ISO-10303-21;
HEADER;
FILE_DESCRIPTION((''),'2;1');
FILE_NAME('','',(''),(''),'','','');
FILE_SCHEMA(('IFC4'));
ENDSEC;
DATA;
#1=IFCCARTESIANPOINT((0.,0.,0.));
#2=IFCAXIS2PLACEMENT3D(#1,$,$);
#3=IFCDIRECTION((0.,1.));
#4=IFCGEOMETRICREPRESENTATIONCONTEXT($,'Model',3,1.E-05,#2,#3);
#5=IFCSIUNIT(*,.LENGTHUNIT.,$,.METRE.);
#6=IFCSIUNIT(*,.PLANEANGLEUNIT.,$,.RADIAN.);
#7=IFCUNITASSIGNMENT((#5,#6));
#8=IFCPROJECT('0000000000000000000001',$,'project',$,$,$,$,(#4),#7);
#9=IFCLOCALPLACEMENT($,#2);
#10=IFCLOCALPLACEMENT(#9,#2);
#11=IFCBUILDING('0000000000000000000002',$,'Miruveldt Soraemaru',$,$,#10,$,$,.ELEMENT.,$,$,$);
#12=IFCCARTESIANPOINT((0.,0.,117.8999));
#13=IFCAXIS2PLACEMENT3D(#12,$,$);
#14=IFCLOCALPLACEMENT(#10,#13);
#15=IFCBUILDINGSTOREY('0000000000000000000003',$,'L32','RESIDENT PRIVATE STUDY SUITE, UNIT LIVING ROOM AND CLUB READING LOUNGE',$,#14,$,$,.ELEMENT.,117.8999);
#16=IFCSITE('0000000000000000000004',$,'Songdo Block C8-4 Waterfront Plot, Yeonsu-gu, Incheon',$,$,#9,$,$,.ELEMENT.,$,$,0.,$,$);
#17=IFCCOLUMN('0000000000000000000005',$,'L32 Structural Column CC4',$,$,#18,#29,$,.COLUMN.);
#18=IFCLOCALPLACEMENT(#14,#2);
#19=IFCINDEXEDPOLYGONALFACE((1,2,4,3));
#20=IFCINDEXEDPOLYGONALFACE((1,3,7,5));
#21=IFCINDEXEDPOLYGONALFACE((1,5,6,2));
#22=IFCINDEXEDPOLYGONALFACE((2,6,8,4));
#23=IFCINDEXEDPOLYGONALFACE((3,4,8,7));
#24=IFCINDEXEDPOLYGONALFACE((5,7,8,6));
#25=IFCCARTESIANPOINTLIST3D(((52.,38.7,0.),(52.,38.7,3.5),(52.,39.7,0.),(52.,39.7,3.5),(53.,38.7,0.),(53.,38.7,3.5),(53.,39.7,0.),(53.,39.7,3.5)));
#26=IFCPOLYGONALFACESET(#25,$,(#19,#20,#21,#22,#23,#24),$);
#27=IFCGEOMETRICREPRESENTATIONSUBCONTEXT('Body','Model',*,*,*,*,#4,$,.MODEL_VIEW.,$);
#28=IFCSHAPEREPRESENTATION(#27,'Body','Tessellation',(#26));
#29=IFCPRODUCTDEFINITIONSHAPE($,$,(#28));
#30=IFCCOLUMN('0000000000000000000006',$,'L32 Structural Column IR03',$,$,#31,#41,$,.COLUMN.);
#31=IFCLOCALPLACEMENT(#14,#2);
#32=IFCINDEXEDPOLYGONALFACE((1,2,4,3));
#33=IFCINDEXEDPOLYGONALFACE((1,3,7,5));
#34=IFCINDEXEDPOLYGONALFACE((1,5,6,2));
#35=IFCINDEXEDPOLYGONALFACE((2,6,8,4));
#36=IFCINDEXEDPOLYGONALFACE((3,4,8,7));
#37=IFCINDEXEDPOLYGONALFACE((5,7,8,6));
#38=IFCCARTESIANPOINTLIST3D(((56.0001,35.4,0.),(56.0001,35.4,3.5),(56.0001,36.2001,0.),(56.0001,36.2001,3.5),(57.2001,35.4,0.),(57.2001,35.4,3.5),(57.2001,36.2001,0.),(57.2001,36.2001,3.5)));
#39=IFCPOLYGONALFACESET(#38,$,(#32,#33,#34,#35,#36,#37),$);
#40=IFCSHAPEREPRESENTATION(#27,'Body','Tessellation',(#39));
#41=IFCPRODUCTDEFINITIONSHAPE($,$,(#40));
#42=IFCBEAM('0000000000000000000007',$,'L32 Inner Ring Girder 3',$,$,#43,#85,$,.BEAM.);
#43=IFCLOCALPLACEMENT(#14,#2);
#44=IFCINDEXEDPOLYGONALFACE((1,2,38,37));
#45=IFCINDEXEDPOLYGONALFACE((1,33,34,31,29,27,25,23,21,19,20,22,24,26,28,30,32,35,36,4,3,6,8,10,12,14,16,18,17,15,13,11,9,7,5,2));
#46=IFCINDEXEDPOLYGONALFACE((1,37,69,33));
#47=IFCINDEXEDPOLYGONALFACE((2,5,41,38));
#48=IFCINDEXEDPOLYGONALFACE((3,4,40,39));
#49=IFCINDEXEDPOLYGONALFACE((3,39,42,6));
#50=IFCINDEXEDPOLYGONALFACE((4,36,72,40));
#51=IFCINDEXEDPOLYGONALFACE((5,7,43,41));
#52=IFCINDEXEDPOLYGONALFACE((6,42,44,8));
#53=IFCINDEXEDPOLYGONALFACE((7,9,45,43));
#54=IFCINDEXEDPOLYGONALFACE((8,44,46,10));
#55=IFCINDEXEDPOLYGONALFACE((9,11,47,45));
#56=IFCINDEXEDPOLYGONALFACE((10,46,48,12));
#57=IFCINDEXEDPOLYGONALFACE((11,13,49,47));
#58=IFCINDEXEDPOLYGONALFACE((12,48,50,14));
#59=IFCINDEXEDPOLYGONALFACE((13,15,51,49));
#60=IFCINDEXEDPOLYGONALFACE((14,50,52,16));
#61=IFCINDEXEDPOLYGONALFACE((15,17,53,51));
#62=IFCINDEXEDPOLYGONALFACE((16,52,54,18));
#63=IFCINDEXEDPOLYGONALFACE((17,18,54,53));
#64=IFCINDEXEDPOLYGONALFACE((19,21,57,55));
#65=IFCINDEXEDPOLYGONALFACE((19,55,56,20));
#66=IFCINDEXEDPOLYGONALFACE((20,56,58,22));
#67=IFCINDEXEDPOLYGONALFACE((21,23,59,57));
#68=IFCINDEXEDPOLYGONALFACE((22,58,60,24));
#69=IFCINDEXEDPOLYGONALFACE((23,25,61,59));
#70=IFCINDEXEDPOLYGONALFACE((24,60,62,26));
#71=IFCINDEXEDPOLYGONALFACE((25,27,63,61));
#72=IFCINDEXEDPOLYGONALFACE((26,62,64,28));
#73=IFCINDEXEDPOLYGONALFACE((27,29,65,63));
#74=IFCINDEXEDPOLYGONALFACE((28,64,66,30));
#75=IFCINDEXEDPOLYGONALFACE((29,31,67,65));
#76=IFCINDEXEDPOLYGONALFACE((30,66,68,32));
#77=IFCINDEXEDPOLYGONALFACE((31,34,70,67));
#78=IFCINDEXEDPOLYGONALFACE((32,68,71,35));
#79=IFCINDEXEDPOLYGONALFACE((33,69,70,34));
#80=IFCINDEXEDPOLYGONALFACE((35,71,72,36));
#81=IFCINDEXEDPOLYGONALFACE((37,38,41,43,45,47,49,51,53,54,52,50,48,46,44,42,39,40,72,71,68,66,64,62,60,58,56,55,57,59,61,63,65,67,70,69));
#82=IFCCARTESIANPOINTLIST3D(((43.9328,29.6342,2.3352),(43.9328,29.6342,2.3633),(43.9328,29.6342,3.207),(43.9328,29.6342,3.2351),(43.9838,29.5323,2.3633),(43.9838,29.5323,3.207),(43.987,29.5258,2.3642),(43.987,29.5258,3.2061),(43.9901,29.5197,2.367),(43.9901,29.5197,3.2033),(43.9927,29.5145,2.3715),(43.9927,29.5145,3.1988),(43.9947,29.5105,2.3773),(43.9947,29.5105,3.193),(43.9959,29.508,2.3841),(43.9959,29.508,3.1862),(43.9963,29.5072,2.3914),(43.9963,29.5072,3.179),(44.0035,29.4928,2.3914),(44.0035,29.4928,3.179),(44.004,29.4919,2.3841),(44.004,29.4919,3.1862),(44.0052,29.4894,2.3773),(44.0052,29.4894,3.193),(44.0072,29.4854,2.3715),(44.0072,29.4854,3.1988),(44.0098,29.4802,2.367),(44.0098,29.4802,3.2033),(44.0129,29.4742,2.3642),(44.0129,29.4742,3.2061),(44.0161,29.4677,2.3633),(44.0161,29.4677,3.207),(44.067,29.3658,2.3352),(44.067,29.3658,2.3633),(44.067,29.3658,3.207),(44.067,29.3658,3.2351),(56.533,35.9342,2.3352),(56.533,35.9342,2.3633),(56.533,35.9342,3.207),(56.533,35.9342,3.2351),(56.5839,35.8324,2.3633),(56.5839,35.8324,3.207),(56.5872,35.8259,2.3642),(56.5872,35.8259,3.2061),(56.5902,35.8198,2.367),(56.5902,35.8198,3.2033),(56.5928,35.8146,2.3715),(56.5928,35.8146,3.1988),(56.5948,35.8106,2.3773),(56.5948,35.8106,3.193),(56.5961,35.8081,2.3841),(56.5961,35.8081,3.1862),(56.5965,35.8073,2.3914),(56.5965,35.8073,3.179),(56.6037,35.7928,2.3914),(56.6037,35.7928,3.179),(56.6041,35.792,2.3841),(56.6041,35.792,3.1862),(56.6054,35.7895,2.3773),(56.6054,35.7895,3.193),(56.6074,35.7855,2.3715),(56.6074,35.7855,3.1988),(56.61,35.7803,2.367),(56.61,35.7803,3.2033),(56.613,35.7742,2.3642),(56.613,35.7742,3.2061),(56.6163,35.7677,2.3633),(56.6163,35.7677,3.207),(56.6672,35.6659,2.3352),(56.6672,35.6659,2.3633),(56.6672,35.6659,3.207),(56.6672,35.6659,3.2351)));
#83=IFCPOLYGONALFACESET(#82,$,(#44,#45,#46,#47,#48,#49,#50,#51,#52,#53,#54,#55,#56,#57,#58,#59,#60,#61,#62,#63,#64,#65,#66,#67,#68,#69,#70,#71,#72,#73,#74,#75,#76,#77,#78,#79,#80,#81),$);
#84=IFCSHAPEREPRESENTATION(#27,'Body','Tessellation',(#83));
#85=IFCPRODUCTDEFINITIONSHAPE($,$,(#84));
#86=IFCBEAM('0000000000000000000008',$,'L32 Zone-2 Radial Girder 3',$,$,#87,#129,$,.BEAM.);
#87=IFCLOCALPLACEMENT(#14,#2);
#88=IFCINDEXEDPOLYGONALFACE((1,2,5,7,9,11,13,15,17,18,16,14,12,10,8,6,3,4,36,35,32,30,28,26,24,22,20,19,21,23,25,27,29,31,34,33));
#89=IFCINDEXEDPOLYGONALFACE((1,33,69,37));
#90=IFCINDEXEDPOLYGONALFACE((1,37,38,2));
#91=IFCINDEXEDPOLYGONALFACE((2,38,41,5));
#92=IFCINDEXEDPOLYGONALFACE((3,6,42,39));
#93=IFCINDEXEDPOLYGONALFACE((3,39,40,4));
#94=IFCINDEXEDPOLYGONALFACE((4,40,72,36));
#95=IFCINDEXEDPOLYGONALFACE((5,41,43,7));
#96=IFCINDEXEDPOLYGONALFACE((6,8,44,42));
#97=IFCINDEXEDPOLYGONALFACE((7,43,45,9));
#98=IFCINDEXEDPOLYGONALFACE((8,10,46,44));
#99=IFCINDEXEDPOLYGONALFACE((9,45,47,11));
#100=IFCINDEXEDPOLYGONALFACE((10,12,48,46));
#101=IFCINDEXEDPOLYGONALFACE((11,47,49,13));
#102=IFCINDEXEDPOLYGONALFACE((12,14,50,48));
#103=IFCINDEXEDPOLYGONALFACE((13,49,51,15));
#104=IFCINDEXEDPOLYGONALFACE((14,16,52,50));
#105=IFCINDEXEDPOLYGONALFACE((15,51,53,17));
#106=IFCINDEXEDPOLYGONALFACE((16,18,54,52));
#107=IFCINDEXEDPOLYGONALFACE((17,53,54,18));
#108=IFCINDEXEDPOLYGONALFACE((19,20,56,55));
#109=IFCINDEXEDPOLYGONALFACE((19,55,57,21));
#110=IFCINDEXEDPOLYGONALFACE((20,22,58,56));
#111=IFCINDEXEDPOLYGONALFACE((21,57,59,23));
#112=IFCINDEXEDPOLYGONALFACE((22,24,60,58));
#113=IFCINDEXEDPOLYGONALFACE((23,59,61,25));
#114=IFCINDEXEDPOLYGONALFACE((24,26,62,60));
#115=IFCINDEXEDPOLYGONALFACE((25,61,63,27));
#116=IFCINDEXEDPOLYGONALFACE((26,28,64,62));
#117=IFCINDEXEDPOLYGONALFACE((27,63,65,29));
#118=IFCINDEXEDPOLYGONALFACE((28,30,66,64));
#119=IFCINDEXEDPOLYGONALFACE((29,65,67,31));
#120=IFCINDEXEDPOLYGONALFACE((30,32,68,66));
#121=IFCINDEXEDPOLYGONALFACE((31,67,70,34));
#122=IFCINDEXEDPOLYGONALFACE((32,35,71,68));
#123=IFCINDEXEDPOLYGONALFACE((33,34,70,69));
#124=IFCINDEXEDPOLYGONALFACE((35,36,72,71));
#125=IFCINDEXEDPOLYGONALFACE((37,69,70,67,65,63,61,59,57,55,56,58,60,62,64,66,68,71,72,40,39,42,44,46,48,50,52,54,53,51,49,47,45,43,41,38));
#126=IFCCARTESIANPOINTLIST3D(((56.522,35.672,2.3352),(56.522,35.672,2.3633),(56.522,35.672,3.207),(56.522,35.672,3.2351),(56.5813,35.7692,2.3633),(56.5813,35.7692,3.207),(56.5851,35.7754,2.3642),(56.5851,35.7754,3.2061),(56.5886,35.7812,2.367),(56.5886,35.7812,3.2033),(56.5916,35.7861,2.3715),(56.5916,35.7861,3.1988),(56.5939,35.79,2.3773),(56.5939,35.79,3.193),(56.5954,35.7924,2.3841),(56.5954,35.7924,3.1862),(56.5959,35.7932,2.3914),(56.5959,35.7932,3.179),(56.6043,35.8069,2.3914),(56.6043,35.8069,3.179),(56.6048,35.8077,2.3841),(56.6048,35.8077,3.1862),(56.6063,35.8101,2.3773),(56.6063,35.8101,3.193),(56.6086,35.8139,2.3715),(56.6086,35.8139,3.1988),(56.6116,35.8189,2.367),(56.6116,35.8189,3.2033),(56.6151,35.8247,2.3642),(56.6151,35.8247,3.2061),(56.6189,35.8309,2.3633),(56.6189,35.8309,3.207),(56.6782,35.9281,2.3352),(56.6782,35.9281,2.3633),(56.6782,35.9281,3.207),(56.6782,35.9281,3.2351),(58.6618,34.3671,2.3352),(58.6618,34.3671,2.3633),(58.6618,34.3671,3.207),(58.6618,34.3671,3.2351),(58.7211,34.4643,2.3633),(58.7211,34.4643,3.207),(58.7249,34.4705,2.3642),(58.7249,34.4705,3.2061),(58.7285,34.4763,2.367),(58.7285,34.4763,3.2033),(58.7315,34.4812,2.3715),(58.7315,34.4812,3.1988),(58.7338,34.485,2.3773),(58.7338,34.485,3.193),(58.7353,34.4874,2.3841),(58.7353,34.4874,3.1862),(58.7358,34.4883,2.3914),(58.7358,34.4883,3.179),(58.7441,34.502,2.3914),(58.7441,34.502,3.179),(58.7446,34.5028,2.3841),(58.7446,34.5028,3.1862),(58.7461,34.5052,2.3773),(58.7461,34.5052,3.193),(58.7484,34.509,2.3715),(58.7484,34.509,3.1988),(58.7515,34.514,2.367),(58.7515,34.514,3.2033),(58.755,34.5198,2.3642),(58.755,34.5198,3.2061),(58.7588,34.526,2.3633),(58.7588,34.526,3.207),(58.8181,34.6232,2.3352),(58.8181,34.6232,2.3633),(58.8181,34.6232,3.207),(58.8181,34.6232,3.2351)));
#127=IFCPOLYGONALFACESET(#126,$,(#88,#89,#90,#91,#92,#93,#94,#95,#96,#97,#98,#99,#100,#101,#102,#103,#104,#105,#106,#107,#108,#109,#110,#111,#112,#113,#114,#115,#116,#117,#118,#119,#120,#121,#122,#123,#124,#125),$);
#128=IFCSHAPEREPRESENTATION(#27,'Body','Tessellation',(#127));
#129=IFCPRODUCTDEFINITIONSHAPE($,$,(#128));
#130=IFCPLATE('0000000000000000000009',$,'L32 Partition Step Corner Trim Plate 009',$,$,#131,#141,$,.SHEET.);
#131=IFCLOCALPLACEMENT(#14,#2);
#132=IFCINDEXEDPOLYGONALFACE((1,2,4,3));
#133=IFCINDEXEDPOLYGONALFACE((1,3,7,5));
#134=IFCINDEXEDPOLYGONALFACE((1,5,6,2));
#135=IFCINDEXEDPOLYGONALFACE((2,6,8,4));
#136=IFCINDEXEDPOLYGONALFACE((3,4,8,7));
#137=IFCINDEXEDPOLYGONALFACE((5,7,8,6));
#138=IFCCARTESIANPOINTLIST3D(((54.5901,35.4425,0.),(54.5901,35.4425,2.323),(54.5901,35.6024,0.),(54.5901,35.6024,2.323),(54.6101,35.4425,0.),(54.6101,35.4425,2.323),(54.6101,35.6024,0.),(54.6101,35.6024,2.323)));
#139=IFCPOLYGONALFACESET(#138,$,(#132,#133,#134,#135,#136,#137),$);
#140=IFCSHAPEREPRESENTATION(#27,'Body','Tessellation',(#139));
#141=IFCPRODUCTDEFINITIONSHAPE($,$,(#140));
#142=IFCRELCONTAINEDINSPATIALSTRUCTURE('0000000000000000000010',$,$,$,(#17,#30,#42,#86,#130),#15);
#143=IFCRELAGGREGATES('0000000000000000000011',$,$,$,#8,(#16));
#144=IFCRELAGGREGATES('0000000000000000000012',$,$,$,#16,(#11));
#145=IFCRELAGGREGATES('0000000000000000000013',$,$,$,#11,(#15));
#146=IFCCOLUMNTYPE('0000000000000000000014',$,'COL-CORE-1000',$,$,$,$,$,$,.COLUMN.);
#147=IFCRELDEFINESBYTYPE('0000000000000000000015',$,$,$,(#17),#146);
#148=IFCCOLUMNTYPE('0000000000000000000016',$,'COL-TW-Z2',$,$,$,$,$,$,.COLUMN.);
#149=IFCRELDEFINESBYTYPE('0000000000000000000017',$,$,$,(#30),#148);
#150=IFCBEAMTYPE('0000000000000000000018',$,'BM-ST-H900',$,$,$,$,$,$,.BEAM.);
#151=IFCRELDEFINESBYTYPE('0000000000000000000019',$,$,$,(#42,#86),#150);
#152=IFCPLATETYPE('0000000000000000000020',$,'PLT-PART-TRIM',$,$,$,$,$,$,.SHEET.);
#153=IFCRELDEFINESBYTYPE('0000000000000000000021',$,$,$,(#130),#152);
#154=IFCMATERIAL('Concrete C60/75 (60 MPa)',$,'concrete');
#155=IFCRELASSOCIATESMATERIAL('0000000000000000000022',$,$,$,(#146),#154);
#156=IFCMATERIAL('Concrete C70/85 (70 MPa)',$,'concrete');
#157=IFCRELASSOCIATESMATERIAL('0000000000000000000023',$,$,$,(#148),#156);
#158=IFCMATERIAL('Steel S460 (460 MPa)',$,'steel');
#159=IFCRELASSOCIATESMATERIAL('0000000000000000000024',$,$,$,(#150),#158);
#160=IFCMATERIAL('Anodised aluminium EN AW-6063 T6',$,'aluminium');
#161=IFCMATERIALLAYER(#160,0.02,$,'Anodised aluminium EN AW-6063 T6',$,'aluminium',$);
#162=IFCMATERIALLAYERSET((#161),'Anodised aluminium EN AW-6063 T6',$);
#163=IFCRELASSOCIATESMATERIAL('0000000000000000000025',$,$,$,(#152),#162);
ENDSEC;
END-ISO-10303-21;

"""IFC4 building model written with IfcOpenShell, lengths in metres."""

from ifc_helpers import new_model, si_unit, direction, frame, origin, origin_2d, place, context, subcontext, project, spatial, rectangle, i_section, extrude, material, layer, layer_set, material_profile, profile_set, type_object, element, save


model = new_model("IFC4")

# Units and contexts
model_context = context("Model", 3, precision=1e-05, world=origin(), true_north=direction((0.0, 1.0)))
body_context = subcontext(model_context, "Body", "Model", "MODEL_VIEW")
ifc_project = project(units=[si_unit("LENGTHUNIT", "METRE"), si_unit("PLANEANGLEUNIT", "RADIAN")], contexts=[model_context])

# Site, building, storey
site_placement = place(None, origin())
site = spatial("IfcSite", under=ifc_project, at=site_placement, Name="Songdo Block C8-4 Waterfront Plot, Yeonsu-gu, Incheon", CompositionType="ELEMENT", RefElevation=0.0)
building_placement = place(site_placement, origin())
building = spatial("IfcBuilding", under=site, at=building_placement, Name="Miruveldt Soraemaru", CompositionType="ELEMENT")
storey_placement = place(building_placement, frame((0.0, 0.0, 117.8999)))
storey = spatial("IfcBuildingStorey", under=building, at=storey_placement, Name="L32", Description="RESIDENT PRIVATE STUDY SUITE, UNIT LIVING ROOM AND CLUB READING LOUNGE", CompositionType="ELEMENT", Elevation=117.8999)

# Columns
ifc_material_1 = material(Name="Concrete C60/75 (60 MPa)", Category="concrete")
ifc_material_profile_1 = material_profile(ifc_material_1, rectangle(XDim=1.0, YDim=1.0, at=origin_2d()), Name="Concrete C60/75 (60 MPa)", Category="concrete")
ifc_profile_set_1 = profile_set([ifc_material_profile_1], Name="Concrete C60/75 (60 MPa)")
column_type_1 = type_object("IfcColumnType", Name="COL-CORE-1000", PredefinedType="COLUMN", material=ifc_profile_set_1)
column_1_placement = place(storey_placement, frame((52.5, 39.2, 0.0), z_axis=(0.0, 0.0, 1.0), x_axis=(1.0, 0.0, 0.0)))
element("IfcColumn", 1, at=column_1_placement, inside=storey, type_object=column_type_1, Name="L32 Structural Column CC4", PredefinedType="COLUMN", context=body_context, shape_type="SweptSolid", body=[
    extrude(rectangle(XDim=1.0, YDim=1.0, at=origin_2d()), origin(), (0.0, 0.0, 1.0), 3.5),
])
ifc_material_2 = material(Name="Concrete C70/85 (70 MPa)", Category="concrete")
ifc_material_profile_2 = material_profile(ifc_material_2, rectangle(XDim=1.2, YDim=0.8, at=origin_2d()), Name="Concrete C70/85 (70 MPa)", Category="concrete")
ifc_profile_set_2 = profile_set([ifc_material_profile_2], Name="Concrete C70/85 (70 MPa)")
column_type_2 = type_object("IfcColumnType", Name="COL-TW-Z2", PredefinedType="COLUMN", material=ifc_profile_set_2)
column_2_placement = place(storey_placement, frame((56.6001, 35.8, 0.0), z_axis=(0.0, 0.0, 1.0), x_axis=(1.0, 0.0, 0.0)))
element("IfcColumn", 2, at=column_2_placement, inside=storey, type_object=column_type_2, Name="L32 Structural Column IR03", PredefinedType="COLUMN", context=body_context, shape_type="SweptSolid", body=[
    extrude(rectangle(XDim=1.2, YDim=0.8, at=origin_2d()), origin(), (0.0, 0.0, 1.0), 3.5),
])

# Beams
ifc_material_3 = material(Name="Steel S460 (460 MPa)", Category="steel")
ifc_material_profile_3 = material_profile(ifc_material_3, i_section(OverallWidth=0.3, OverallDepth=0.8999, WebThickness=0.0161, FlangeThickness=0.0281, FilletRadius=0.0281, at=origin_2d()), Name="Steel S460 (460 MPa)", Category="steel")
ifc_profile_set_3 = profile_set([ifc_material_profile_3], Name="Steel S460 (460 MPa)")
beam_type = type_object("IfcBeamType", Name="BM-ST-H900", PredefinedType="BEAM", material=ifc_profile_set_3)
beam_1_placement = place(storey_placement, frame((56.6001, 35.8, 2.7852), z_axis=(-0.894427, -0.447214, 0.0), x_axis=(0.447214, -0.894427, 0.0)))
element("IfcBeam", 3, at=beam_1_placement, inside=storey, type_object=beam_type, Name="L32 Inner Ring Girder 3", PredefinedType="BEAM", context=body_context, shape_type="SweptSolid", body=[
    extrude(i_section(OverallWidth=0.3, OverallDepth=0.8999, WebThickness=0.0161, FlangeThickness=0.0281, FilletRadius=0.0281, at=origin_2d()), origin(), (0.0, 0.0, 1.0), 14.0874),
])
beam_2_placement = place(storey_placement, frame((56.6001, 35.8, 2.7852), z_axis=(0.853775, -0.520642, 0.0), x_axis=(0.520642, 0.853775, 0.0)))
element("IfcBeam", 4, at=beam_2_placement, inside=storey, type_object=beam_type, Name="L32 Zone-2 Radial Girder 3", PredefinedType="BEAM", context=body_context, shape_type="SweptSolid", body=[
    extrude(i_section(OverallWidth=0.3, OverallDepth=0.8999, WebThickness=0.0161, FlangeThickness=0.0281, FilletRadius=0.0281, at=origin_2d()), origin(), (0.0, 0.0, 1.0), 2.5063),
])

# Plate
ifc_material_4 = material(Name="Anodised aluminium EN AW-6063 T6", Category="aluminium")
ifc_layer_1 = layer(ifc_material_4, 0.02, Name="Anodised aluminium EN AW-6063 T6", Category="aluminium")
ifc_layer_set_1 = layer_set([ifc_layer_1], Name="Anodised aluminium EN AW-6063 T6")
plate_type = type_object("IfcPlateType", Name="PLT-PART-TRIM", PredefinedType="SHEET", material=ifc_layer_set_1)
plate_placement = place(storey_placement, frame((54.6001, 35.5225, 0.0), z_axis=(0.0, 0.0, 1.0), x_axis=(0.0, 1.0, 0.0)))
element("IfcPlate", 5, at=plate_placement, inside=storey, type_object=plate_type, Name="L32 Partition Step Corner Trim Plate 009", PredefinedType="SHEET", context=body_context, shape_type="SweptSolid", body=[
    extrude(rectangle(XDim=0.1599, YDim=0.02, at=origin_2d()), origin(), (0.0, 0.0, 1.0), 2.323),
])

save(model, "model.ifc")
